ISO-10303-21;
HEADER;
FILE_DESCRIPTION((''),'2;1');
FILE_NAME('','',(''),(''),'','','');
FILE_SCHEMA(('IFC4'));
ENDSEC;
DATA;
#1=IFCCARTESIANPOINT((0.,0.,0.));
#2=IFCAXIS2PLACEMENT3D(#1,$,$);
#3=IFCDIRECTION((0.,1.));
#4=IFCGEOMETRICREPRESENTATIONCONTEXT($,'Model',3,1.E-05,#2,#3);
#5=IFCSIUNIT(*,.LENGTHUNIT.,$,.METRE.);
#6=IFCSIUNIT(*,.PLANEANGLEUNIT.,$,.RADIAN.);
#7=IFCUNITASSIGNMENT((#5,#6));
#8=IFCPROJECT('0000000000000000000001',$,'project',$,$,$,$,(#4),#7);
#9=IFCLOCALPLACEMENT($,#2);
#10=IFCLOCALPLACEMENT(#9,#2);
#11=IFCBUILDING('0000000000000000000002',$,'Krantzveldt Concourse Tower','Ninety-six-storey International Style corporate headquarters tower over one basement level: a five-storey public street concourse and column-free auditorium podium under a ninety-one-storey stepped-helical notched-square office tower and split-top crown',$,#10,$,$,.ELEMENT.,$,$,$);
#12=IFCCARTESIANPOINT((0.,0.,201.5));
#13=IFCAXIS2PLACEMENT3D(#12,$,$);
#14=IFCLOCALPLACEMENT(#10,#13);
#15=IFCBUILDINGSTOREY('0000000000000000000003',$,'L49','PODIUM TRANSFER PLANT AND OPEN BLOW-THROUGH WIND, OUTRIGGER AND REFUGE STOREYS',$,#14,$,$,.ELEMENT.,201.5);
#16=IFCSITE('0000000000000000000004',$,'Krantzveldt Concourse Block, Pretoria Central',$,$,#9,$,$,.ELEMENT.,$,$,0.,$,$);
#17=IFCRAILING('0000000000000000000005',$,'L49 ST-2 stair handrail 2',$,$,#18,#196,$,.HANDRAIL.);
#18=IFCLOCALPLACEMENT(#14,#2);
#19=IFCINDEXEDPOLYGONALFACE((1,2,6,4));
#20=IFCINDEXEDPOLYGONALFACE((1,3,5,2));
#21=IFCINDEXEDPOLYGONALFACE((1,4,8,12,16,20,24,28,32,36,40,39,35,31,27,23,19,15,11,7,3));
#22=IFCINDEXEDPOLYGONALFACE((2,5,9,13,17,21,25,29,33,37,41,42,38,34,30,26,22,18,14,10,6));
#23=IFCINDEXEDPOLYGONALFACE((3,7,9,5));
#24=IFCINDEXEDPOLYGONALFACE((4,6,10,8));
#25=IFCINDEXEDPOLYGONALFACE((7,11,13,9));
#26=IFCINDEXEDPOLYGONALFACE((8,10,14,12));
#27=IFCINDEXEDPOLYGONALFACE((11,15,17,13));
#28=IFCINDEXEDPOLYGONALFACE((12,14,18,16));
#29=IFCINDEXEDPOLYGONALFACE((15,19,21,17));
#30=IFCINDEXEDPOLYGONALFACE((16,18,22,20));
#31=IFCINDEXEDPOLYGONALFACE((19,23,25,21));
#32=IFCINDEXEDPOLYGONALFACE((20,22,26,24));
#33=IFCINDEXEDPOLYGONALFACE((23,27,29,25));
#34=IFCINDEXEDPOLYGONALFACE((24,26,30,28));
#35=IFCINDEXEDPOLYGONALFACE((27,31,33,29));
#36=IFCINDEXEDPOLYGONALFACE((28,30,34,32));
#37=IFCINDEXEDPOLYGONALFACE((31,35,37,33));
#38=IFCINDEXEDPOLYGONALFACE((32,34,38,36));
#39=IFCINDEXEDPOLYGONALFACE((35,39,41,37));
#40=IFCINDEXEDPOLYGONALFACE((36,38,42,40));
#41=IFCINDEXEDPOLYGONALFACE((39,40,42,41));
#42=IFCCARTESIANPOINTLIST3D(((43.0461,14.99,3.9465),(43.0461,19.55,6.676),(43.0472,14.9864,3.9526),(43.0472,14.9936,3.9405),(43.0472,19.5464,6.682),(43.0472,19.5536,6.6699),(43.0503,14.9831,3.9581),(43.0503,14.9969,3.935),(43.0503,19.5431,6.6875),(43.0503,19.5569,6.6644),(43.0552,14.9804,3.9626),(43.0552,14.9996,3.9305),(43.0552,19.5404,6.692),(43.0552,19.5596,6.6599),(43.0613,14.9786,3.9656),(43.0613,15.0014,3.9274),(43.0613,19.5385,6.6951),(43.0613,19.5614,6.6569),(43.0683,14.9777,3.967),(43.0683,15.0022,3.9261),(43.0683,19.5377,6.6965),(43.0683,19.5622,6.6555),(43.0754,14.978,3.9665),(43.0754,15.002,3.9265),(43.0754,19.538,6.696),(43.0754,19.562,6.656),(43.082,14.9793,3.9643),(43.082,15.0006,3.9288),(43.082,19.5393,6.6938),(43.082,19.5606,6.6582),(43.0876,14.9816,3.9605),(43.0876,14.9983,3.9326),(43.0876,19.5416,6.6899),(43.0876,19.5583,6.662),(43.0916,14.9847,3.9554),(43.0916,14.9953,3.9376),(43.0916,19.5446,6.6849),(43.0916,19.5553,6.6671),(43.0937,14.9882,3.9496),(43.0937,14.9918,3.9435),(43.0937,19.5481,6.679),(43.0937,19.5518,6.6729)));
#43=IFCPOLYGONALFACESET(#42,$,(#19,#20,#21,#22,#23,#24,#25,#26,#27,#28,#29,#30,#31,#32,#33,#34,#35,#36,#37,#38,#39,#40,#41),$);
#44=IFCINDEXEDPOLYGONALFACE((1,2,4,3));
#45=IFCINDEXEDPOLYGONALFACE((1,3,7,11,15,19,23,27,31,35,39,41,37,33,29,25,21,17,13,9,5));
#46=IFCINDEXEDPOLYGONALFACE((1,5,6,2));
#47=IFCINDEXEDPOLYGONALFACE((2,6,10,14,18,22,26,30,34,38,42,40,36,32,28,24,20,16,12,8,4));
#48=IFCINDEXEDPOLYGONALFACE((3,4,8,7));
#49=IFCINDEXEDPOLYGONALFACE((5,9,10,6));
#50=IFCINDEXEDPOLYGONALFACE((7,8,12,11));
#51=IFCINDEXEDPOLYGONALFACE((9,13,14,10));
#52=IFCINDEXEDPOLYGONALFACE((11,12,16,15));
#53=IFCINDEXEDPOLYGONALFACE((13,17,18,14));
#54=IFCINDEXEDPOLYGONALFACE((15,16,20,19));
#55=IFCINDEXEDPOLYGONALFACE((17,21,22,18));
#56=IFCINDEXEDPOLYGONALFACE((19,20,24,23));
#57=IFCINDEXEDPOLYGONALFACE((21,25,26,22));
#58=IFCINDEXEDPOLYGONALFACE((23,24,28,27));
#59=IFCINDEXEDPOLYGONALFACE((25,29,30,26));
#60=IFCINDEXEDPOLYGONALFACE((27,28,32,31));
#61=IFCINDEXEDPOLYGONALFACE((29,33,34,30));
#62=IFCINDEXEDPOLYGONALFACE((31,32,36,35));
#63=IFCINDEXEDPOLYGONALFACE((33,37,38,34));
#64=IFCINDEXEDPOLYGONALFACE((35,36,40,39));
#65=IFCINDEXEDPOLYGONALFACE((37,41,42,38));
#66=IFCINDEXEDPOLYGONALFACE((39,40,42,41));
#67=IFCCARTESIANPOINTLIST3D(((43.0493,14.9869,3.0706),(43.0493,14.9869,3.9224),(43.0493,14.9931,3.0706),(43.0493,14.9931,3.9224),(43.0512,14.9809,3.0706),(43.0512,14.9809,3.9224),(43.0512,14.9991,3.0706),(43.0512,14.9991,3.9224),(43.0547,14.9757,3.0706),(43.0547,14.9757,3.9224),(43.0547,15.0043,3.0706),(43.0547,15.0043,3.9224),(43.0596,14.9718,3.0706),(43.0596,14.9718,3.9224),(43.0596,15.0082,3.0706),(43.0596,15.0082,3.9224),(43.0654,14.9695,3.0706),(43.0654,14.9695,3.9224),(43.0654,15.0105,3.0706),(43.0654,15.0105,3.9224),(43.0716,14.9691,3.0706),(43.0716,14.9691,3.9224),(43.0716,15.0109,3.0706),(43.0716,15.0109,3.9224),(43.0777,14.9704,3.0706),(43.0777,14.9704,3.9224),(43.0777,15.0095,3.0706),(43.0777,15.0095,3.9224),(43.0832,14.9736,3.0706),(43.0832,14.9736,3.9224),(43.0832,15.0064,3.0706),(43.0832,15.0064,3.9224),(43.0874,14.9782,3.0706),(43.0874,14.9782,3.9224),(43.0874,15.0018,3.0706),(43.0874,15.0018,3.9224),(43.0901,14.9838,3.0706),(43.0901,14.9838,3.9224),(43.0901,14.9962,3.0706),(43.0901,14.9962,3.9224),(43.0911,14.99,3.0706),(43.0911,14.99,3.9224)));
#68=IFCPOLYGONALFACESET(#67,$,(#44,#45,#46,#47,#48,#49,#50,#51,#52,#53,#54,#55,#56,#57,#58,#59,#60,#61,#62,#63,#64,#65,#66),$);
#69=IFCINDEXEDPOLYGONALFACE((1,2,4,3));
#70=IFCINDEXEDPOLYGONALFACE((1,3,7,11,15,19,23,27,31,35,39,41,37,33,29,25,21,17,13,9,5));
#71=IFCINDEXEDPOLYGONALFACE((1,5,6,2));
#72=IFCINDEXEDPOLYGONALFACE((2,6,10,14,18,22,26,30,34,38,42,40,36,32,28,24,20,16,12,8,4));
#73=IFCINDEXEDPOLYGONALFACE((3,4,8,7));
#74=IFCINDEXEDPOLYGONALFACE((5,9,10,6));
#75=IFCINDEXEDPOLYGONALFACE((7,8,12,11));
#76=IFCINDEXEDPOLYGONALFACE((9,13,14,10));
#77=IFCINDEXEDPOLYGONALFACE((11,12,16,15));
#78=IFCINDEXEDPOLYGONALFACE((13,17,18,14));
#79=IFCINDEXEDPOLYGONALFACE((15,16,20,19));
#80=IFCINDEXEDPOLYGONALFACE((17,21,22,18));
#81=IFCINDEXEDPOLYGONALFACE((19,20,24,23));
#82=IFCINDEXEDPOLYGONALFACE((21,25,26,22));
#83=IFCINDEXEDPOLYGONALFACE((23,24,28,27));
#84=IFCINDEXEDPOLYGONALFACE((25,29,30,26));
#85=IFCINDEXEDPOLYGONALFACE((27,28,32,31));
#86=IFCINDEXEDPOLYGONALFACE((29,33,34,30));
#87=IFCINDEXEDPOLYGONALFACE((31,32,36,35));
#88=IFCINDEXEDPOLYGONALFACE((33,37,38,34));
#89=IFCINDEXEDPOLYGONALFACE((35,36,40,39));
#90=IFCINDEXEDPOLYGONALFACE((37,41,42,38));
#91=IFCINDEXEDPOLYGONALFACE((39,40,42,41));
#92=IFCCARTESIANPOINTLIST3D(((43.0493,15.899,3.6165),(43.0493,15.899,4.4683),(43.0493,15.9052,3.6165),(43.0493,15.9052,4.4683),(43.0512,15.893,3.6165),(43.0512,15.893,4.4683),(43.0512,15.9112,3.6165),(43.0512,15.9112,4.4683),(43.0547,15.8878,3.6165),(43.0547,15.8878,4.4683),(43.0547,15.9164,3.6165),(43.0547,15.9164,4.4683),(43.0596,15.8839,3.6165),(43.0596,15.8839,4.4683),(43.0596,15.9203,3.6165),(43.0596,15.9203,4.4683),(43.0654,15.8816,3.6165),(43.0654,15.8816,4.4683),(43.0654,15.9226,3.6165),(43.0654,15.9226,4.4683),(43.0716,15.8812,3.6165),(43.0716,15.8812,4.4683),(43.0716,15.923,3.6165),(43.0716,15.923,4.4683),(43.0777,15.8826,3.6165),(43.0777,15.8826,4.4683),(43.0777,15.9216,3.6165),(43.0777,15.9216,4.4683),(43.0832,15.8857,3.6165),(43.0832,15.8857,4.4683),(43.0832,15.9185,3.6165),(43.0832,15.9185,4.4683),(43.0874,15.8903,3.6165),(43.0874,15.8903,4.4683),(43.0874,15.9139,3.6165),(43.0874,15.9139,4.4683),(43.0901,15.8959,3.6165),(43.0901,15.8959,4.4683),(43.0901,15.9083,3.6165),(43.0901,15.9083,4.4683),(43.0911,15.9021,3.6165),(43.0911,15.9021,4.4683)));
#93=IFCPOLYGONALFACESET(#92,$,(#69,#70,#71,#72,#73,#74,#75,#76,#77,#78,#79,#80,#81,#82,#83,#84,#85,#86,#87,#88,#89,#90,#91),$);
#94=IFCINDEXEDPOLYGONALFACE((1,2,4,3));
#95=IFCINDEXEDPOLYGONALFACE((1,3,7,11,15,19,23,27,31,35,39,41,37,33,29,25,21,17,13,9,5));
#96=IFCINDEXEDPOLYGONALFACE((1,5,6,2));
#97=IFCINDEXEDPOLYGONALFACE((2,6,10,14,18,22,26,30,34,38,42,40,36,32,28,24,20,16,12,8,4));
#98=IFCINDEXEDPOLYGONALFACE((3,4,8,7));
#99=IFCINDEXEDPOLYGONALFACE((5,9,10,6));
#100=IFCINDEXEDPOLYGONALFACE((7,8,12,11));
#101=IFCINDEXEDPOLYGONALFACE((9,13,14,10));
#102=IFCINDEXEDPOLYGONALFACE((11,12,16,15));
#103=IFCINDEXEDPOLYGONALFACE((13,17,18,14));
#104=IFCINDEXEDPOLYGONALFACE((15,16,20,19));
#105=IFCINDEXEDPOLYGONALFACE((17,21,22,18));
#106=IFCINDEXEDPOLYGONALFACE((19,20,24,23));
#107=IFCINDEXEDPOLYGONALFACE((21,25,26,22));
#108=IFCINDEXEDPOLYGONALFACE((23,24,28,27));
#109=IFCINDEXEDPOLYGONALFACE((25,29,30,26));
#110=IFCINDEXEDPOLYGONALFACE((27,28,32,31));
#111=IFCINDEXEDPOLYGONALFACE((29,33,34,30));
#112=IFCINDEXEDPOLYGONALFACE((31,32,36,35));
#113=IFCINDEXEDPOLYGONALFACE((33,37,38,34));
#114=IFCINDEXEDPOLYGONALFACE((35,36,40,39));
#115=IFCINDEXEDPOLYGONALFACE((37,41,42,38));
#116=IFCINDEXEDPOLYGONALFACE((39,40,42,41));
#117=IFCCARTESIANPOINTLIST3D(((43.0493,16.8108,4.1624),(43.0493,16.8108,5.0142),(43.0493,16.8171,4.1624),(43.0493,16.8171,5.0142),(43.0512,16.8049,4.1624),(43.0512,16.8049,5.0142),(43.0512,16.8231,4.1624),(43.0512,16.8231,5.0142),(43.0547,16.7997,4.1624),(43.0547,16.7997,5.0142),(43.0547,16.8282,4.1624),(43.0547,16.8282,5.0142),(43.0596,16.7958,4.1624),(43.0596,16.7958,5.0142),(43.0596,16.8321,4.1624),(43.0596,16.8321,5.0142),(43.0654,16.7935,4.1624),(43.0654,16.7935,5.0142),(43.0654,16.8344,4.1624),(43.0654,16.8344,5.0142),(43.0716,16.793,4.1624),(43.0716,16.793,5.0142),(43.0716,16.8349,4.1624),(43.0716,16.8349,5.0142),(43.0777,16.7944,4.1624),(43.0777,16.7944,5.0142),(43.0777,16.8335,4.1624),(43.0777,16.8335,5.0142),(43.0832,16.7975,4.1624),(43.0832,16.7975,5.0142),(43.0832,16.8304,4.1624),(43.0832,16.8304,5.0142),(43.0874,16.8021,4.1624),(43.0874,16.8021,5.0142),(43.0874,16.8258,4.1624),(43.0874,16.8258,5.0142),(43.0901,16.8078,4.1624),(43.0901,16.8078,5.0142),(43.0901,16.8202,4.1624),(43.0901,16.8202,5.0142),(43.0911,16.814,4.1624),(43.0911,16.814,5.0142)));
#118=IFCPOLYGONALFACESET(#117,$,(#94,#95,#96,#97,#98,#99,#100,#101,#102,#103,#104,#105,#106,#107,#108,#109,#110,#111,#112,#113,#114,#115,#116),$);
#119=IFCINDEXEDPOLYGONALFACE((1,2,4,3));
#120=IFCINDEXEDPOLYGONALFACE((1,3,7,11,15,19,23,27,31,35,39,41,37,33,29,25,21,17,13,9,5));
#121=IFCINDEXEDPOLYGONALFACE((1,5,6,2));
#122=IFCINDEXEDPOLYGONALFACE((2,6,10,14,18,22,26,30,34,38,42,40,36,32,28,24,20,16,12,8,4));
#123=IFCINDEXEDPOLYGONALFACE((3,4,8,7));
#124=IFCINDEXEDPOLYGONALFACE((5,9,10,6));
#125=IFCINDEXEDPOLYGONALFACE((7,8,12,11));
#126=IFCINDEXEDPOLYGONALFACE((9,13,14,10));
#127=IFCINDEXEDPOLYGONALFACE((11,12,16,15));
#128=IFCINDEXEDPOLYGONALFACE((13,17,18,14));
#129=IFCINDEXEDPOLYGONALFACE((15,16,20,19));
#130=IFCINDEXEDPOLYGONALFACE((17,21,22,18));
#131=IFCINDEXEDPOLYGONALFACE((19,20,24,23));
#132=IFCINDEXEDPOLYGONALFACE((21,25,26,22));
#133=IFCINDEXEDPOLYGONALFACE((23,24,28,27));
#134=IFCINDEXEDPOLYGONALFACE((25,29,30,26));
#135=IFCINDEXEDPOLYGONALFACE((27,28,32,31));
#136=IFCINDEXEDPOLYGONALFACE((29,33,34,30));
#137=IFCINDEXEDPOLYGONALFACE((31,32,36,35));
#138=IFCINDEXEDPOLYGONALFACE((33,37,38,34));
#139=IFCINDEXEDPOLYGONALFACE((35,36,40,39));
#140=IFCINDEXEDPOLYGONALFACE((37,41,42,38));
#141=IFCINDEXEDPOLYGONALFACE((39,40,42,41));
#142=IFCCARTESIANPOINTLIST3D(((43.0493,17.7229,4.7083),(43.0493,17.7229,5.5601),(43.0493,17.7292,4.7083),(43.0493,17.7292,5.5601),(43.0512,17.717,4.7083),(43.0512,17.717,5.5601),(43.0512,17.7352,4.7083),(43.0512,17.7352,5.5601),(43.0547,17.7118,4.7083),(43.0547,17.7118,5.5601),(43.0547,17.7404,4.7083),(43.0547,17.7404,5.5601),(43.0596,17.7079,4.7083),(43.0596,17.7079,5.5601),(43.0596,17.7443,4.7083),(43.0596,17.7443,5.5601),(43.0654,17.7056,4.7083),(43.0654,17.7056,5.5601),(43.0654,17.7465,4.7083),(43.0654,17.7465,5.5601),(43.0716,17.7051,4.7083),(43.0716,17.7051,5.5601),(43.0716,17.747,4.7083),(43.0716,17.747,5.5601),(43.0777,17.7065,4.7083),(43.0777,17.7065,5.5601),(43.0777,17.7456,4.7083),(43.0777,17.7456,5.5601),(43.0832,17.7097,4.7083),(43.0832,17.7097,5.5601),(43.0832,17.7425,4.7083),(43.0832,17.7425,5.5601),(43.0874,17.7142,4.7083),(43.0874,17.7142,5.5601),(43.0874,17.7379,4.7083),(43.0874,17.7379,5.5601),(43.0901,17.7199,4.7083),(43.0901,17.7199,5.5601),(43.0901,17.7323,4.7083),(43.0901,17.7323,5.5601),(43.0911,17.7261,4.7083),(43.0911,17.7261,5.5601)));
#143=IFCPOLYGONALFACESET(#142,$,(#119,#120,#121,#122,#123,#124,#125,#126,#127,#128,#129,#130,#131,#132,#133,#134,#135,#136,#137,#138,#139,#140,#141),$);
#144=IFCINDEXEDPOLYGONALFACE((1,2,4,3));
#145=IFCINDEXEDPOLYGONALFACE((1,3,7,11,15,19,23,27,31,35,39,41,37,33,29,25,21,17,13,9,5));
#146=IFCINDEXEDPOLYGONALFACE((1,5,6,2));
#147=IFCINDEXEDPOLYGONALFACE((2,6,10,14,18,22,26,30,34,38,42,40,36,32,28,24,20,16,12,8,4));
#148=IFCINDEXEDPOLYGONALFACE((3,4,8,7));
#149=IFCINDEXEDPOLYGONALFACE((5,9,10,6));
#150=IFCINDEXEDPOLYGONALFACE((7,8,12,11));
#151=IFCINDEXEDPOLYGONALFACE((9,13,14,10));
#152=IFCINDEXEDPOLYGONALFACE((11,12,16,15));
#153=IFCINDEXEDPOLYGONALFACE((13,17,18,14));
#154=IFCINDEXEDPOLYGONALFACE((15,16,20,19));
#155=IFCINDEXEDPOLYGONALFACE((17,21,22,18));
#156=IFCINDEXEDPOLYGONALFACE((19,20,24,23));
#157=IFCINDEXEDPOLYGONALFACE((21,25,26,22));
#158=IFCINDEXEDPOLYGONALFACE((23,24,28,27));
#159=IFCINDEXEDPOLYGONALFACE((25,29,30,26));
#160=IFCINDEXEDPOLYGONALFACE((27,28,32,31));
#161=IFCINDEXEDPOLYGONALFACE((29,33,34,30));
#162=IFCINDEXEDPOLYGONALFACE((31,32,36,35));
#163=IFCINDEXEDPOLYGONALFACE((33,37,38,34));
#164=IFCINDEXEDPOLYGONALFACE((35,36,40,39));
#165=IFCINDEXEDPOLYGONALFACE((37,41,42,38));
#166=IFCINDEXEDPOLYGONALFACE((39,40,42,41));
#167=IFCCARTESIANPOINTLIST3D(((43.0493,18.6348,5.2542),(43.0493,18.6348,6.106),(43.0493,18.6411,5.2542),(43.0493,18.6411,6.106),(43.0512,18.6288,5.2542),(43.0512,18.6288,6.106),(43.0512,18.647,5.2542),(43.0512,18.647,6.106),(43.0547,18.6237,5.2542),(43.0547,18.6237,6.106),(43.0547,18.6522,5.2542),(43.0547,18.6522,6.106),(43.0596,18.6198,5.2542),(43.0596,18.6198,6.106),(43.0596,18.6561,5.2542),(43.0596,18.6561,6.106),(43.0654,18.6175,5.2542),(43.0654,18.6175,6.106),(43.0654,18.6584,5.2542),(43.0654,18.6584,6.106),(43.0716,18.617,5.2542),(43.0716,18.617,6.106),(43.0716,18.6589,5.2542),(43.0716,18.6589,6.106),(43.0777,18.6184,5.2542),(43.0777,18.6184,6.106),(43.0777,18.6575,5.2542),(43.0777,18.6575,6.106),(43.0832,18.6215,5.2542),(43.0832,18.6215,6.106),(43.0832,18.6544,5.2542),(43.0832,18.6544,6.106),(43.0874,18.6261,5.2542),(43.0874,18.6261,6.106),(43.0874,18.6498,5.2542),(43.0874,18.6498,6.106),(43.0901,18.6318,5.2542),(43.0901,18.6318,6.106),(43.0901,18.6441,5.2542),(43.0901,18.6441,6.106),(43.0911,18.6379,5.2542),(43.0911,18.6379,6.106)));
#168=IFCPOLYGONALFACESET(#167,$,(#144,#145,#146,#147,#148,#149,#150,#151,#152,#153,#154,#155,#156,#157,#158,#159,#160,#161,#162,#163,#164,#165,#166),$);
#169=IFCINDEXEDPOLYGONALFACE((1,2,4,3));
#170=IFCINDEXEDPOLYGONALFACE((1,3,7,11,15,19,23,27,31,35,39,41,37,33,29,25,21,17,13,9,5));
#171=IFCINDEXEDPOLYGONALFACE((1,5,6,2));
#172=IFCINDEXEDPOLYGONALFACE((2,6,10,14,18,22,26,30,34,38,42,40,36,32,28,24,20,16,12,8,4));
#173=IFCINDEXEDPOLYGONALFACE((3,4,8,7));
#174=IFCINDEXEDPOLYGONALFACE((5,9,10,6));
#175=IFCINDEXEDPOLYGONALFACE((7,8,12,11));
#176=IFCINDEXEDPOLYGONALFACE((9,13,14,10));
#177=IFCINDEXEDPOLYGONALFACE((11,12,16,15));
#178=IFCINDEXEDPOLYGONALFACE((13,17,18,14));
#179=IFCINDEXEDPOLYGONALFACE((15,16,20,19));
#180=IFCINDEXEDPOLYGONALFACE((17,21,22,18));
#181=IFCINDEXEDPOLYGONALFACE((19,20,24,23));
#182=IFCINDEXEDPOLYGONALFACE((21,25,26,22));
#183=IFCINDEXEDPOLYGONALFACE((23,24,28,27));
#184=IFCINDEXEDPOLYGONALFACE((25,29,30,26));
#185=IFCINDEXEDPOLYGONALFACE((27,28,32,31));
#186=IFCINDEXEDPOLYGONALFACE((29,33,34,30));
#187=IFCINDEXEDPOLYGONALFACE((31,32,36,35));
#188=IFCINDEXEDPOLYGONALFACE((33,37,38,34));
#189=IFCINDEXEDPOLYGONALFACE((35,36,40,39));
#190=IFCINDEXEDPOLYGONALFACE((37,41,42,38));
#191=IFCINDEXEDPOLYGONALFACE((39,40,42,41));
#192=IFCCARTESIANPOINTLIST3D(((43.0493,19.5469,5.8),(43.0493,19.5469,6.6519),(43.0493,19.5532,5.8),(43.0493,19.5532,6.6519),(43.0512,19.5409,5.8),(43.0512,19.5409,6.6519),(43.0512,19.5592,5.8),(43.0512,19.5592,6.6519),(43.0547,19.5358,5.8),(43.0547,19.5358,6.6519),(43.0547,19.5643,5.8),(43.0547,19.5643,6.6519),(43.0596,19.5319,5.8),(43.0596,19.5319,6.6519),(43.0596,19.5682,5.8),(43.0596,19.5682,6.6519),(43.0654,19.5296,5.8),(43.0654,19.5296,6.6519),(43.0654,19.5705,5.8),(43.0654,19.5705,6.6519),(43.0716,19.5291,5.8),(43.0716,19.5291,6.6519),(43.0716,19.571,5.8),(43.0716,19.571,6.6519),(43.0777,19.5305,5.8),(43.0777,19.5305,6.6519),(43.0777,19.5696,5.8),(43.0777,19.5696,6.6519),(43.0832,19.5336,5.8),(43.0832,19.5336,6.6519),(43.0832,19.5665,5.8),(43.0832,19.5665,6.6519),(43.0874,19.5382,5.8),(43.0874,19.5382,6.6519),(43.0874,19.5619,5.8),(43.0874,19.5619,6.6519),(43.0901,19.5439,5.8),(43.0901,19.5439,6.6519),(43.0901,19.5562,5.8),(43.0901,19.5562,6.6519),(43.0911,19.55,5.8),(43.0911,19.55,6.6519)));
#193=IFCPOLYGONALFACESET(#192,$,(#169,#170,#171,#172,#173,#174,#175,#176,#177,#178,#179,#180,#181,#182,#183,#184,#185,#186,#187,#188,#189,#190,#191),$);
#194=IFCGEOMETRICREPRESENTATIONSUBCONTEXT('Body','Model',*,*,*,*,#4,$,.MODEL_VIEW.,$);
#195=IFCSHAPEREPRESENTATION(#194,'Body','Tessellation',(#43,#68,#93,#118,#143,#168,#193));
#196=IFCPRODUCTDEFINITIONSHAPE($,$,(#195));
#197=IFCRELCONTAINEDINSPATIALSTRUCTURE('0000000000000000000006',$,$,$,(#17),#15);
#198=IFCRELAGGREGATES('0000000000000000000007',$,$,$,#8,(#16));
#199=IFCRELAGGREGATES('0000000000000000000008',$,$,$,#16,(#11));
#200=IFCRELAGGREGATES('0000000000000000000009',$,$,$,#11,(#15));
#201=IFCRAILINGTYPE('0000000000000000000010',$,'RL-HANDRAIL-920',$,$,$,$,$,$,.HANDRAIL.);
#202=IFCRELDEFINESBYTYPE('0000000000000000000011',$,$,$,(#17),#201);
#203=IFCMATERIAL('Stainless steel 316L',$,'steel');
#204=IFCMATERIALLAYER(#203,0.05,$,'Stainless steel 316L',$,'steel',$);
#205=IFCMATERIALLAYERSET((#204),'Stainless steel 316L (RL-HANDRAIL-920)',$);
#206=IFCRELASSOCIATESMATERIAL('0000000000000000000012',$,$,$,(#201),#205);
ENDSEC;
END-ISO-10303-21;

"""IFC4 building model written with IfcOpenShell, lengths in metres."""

from ifc_helpers import new_model, si_unit, direction, frame, origin, origin_2d, place, context, subcontext, project, spatial, circle, extrude, material, layer, layer_set, type_object, element, save


model = new_model("IFC4")

# Units and contexts
model_context = context("Model", 3, precision=1e-05, world=origin(), true_north=direction((0.0, 1.0)))
body_context = subcontext(model_context, "Body", "Model", "MODEL_VIEW")
ifc_project = project(units=[si_unit("LENGTHUNIT", "METRE"), si_unit("PLANEANGLEUNIT", "RADIAN")], contexts=[model_context])

# Site, building, storey
site_placement = place(None, origin())
site = spatial("IfcSite", under=ifc_project, at=site_placement, Name="Krantzveldt Concourse Block, Pretoria Central", CompositionType="ELEMENT", RefElevation=0.0)
building_placement = place(site_placement, origin())
building = spatial("IfcBuilding", under=site, at=building_placement, Name="Krantzveldt Concourse Tower", Description="Ninety-six-storey International Style corporate headquarters tower over one basement level: a five-storey public street concourse and column-free auditorium podium under a ninety-one-storey stepped-helical notched-square office tower and split-top crown", CompositionType="ELEMENT")
storey_placement = place(building_placement, frame((0.0, 0.0, 201.5)))
storey = spatial("IfcBuildingStorey", under=building, at=storey_placement, Name="L49", Description="PODIUM TRANSFER PLANT AND OPEN BLOW-THROUGH WIND, OUTRIGGER AND REFUGE STOREYS", CompositionType="ELEMENT", Elevation=201.5)

# Railing
ifc_material_1 = material(Name="Stainless steel 316L", Category="steel")
ifc_layer_1 = layer(ifc_material_1, 0.05, Name="Stainless steel 316L", Category="steel")
ifc_layer_set_1 = layer_set([ifc_layer_1], Name="Stainless steel 316L (RL-HANDRAIL-920)")
railing_type = type_object("IfcRailingType", Name="RL-HANDRAIL-920", PredefinedType="HANDRAIL", material=ifc_layer_set_1)
railing_placement = place(storey_placement, frame((43.0701, 14.99, 3.0706)))
element("IfcRailing", 1, at=railing_placement, inside=storey, type_object=railing_type, Name="L49 ST-2 stair handrail 2", PredefinedType="HANDRAIL", context=body_context, shape_type="SweptSolid", body=[
    extrude(circle(Radius=0.0239, at=origin_2d()), frame((0.0, 0.0, 0.876), z_axis=(0.0, 0.858036, 0.51359), x_axis=(-1.0, 0.0, 0.0)), (0.0, 0.0, 1.0), 5.3145),
    extrude(circle(Radius=0.021, at=origin_2d()), origin(), (0.0, 0.0, 1.0), 0.8518),
    extrude(circle(Radius=0.021, at=origin_2d()), frame((0.0, 0.9121, 0.5459)), (0.0, 0.0, 1.0), 0.8518),
    extrude(circle(Radius=0.021, at=origin_2d()), frame((0.0, 1.824, 1.0918)), (0.0, 0.0, 1.0), 0.8518),
    extrude(circle(Radius=0.021, at=origin_2d()), frame((0.0, 2.7361, 1.6377)), (0.0, 0.0, 1.0), 0.8518),
    extrude(circle(Radius=0.021, at=origin_2d()), frame((0.0, 3.6479, 2.1836)), (0.0, 0.0, 1.0), 0.8518),
    extrude(circle(Radius=0.021, at=origin_2d()), frame((0.0, 4.5601, 2.7295)), (0.0, 0.0, 1.0), 0.8518),
])

save(model, "model.ifc")
